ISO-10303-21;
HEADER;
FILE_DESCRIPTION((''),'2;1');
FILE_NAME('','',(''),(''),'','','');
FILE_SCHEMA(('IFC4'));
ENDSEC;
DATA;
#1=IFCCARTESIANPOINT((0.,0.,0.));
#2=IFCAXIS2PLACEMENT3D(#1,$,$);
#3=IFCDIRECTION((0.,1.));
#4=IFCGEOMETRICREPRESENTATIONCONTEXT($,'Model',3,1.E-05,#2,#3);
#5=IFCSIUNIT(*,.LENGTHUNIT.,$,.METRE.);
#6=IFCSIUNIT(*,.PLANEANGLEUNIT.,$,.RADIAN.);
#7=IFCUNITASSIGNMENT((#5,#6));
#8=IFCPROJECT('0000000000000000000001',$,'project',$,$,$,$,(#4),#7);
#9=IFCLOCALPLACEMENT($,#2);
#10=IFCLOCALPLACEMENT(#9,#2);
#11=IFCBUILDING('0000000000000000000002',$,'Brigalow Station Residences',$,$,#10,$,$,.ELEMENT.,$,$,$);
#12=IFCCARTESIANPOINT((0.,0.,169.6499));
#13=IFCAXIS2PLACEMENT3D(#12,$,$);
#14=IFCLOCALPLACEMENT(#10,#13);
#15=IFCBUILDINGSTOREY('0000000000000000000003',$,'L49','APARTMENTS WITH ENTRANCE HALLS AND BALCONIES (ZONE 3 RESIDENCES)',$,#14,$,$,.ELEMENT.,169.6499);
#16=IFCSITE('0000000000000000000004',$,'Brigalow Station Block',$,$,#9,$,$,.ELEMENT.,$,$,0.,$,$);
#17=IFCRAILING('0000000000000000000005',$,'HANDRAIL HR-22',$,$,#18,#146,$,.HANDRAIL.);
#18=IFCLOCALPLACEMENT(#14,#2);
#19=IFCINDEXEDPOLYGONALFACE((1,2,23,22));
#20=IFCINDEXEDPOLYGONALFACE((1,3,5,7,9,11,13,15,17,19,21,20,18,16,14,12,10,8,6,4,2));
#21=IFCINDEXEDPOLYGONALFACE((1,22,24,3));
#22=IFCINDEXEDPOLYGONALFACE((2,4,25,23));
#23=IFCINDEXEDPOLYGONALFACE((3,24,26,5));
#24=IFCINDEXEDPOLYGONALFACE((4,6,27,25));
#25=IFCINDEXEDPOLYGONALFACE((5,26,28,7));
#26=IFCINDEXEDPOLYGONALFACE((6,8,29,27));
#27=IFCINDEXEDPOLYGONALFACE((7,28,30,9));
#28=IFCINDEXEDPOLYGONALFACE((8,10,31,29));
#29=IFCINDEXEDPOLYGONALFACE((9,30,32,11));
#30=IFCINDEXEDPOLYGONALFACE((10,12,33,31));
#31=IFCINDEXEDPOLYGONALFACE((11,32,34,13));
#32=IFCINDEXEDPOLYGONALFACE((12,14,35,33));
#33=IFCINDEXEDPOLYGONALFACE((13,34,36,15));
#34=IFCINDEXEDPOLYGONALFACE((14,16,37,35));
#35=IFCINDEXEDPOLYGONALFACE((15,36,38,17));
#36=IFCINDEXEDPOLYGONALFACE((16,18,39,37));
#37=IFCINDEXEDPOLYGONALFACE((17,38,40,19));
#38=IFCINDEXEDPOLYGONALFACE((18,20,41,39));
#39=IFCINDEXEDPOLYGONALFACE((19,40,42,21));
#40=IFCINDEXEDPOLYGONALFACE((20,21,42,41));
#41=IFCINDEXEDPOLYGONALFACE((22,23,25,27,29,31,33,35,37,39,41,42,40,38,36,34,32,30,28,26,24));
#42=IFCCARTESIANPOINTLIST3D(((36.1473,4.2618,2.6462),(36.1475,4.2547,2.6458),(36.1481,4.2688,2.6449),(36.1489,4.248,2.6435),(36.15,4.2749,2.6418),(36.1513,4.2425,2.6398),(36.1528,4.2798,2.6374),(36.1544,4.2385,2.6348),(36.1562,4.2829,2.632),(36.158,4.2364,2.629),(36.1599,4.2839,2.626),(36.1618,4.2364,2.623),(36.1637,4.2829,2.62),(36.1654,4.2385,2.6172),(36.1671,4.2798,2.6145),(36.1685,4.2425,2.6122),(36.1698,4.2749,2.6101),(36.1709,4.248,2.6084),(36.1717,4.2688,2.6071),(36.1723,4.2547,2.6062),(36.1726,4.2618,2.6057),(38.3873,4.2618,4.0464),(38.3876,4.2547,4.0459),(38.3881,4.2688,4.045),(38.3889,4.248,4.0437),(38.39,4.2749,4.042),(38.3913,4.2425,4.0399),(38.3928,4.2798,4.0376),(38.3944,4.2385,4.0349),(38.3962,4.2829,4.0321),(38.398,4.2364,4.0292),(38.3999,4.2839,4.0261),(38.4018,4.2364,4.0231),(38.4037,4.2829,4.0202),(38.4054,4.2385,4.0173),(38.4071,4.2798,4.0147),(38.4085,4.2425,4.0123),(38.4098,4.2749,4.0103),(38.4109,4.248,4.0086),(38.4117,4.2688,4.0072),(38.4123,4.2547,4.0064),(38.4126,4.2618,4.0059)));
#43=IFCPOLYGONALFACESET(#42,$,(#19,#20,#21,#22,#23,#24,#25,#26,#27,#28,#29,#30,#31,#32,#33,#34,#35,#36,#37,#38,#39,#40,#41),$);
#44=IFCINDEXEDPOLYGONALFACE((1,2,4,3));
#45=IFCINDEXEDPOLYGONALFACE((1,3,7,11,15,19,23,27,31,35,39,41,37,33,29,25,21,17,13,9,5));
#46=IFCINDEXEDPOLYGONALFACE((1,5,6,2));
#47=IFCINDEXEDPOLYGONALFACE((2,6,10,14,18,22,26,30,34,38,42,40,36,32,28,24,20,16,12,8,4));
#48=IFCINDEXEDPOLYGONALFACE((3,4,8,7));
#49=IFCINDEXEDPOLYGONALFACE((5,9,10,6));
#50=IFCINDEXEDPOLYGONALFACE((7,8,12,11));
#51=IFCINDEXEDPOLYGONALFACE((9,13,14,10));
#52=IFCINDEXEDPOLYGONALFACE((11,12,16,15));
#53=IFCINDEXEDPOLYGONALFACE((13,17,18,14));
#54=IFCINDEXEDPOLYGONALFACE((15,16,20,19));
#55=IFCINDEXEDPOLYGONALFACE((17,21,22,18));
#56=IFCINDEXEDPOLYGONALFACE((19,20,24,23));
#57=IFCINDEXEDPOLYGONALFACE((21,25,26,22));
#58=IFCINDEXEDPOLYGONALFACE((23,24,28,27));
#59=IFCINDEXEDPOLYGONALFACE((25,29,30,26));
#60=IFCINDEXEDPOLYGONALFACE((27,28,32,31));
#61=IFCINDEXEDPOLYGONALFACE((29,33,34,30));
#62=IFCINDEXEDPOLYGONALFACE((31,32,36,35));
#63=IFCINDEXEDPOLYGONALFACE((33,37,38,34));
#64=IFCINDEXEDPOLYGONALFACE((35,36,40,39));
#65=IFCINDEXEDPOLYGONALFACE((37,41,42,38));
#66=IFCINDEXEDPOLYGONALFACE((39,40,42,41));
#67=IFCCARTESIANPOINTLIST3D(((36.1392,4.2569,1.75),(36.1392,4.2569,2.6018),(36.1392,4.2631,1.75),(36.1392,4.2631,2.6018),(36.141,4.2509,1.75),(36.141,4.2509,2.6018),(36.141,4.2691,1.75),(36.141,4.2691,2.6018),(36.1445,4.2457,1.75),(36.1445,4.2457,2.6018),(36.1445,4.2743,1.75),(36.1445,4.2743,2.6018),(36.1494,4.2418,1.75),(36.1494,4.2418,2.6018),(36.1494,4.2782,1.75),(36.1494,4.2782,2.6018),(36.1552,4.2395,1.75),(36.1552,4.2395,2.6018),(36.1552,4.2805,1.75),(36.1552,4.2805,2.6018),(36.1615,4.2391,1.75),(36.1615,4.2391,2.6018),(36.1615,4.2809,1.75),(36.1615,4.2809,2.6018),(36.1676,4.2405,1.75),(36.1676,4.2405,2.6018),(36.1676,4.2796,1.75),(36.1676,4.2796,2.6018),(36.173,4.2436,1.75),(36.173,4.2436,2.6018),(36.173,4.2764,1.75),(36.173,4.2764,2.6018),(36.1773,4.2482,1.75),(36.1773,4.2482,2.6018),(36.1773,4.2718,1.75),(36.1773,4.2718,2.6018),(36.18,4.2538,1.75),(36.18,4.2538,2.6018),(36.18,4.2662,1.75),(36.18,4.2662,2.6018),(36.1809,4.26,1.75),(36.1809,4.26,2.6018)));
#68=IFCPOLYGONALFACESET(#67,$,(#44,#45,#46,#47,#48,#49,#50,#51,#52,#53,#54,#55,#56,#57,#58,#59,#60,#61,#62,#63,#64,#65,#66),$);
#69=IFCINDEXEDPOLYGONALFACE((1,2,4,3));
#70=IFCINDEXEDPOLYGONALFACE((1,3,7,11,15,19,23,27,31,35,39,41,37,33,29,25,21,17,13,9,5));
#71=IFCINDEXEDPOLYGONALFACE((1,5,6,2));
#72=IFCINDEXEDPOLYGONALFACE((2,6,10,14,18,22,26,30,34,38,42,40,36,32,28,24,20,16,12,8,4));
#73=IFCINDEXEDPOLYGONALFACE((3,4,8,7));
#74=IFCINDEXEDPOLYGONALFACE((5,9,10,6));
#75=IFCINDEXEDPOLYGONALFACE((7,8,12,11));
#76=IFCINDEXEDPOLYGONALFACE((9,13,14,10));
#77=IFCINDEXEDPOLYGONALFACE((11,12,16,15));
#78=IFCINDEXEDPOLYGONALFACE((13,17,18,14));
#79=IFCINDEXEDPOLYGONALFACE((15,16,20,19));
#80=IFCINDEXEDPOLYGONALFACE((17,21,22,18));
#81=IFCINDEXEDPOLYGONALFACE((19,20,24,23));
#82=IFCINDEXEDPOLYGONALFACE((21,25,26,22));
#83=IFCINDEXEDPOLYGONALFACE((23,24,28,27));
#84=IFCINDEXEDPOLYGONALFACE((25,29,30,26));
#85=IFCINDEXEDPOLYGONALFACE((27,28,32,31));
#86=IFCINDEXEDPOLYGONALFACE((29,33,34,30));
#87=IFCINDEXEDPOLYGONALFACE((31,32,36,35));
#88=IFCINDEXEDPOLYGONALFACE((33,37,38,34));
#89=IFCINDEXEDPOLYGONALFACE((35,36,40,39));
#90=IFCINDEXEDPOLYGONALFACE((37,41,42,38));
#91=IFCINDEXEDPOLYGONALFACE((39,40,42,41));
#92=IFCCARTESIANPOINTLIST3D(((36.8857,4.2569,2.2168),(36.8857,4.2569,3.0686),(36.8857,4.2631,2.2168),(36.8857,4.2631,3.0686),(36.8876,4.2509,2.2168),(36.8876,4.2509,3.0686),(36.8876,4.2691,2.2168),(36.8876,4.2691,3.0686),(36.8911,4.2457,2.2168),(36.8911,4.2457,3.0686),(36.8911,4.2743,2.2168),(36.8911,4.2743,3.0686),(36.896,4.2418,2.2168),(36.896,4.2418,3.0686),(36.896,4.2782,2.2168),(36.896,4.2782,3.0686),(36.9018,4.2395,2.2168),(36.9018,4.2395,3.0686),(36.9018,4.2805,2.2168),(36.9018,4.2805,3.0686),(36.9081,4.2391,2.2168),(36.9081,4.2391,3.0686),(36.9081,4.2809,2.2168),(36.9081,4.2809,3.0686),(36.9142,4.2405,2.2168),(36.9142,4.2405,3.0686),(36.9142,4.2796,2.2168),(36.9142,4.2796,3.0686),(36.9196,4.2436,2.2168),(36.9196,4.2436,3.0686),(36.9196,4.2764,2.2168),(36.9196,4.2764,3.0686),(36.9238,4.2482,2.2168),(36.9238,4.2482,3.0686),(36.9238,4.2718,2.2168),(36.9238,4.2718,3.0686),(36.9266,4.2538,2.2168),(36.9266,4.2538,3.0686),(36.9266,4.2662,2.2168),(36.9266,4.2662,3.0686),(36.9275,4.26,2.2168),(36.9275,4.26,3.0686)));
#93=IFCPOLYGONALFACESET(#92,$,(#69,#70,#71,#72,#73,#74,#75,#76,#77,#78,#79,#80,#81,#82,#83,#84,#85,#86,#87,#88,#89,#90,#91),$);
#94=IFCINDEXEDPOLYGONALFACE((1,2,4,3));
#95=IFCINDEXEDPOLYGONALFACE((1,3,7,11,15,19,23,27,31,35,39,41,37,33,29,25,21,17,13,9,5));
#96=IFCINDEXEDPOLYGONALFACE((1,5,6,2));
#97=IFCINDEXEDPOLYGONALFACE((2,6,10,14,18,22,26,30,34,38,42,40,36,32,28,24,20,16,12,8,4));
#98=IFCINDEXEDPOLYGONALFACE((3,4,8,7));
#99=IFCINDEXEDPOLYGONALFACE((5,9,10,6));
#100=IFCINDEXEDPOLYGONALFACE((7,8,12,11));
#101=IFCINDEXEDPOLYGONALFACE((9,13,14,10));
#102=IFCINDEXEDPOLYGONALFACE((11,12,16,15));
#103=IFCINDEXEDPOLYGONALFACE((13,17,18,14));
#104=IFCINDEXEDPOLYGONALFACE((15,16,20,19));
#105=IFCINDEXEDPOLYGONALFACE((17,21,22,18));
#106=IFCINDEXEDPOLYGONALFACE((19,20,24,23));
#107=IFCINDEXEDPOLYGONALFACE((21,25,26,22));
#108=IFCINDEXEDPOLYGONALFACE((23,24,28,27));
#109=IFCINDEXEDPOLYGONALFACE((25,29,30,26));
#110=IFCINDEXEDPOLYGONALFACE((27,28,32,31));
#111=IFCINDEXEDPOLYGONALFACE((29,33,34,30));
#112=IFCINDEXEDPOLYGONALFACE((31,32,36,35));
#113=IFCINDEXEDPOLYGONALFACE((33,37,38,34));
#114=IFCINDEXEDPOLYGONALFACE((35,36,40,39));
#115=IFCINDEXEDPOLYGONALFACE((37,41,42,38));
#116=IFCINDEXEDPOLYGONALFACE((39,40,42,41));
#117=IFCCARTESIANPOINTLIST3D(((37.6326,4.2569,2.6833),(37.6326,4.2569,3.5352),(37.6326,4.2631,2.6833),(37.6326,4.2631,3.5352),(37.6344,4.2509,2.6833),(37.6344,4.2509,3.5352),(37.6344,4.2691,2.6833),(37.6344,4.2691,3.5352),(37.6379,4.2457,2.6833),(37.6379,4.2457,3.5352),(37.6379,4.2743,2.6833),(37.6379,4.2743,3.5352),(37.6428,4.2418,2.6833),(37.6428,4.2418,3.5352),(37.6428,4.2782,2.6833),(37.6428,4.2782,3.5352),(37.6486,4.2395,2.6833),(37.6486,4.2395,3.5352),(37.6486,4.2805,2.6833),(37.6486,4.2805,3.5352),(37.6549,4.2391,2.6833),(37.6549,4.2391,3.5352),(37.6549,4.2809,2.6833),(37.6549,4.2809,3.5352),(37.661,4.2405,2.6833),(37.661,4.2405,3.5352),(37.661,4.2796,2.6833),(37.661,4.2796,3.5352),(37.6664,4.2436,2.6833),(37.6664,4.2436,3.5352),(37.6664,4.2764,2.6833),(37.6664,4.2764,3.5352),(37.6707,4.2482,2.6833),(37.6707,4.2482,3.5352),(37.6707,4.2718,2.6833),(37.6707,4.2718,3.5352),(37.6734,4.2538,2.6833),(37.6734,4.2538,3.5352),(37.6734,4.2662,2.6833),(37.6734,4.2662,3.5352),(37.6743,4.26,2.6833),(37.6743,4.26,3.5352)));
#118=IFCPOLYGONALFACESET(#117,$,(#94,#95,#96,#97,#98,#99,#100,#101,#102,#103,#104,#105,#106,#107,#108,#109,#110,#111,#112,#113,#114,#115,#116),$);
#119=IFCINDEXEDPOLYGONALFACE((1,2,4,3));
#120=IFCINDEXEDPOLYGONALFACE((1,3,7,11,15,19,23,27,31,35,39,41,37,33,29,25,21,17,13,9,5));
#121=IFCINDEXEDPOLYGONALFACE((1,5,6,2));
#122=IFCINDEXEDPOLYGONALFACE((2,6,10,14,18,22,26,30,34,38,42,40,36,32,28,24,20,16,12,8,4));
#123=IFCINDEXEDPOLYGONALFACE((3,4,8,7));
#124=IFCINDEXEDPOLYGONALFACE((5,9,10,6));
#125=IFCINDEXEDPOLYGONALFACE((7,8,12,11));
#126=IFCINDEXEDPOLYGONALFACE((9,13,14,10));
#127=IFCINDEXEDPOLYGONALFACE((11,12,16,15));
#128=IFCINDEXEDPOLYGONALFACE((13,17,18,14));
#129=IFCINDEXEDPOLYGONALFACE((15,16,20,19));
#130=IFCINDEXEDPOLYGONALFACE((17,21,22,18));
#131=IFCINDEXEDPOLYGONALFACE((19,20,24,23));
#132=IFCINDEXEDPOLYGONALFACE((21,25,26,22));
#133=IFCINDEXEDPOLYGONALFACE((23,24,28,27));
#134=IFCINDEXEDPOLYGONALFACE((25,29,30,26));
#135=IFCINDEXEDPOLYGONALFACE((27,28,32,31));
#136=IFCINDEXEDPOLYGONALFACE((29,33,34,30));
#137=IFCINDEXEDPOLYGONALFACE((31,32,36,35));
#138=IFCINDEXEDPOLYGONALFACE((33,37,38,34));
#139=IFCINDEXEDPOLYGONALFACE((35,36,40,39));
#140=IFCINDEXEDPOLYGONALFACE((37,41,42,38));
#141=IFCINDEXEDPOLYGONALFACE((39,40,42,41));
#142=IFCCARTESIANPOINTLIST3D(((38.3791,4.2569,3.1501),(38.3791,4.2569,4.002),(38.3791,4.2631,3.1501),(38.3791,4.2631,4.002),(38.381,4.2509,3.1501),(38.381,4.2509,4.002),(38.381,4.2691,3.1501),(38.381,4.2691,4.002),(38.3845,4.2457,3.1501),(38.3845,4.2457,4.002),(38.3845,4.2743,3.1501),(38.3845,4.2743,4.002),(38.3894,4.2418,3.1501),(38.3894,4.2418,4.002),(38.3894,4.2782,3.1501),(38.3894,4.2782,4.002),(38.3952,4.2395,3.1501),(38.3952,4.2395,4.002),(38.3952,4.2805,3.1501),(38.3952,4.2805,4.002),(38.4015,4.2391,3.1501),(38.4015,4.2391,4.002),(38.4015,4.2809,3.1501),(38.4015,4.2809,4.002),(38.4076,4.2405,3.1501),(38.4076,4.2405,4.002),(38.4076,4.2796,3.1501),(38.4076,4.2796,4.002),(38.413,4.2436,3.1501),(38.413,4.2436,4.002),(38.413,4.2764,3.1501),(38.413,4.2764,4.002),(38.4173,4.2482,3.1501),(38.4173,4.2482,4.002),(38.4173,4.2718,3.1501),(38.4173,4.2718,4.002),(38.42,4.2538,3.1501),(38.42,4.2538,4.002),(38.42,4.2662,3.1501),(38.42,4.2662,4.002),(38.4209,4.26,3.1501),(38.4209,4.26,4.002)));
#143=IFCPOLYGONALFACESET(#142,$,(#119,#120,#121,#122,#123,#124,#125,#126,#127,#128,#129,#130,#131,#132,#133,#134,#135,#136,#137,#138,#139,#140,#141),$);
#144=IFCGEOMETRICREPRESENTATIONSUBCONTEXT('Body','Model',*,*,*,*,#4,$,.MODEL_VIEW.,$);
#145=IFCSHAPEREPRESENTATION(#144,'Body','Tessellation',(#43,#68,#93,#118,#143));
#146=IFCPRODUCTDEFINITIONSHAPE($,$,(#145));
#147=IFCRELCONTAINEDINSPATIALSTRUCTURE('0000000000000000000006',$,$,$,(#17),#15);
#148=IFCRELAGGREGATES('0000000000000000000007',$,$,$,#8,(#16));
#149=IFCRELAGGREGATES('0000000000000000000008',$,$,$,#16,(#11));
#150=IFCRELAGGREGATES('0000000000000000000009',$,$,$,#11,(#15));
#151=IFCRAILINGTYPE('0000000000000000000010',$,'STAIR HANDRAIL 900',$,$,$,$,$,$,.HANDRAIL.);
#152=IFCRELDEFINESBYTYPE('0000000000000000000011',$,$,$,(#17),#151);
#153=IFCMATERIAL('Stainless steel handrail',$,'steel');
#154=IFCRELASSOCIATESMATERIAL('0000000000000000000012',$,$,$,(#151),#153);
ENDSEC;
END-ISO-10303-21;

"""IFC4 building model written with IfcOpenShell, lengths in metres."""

from ifc_helpers import new_model, si_unit, direction, frame, origin, origin_2d, place, context, subcontext, project, spatial, circle, extrude, material, type_object, element, save


model = new_model("IFC4")

# Units and contexts
model_context = context("Model", 3, precision=1e-05, world=origin(), true_north=direction((0.0, 1.0)))
body_context = subcontext(model_context, "Body", "Model", "MODEL_VIEW")
ifc_project = project(units=[si_unit("LENGTHUNIT", "METRE"), si_unit("PLANEANGLEUNIT", "RADIAN")], contexts=[model_context])

# Site, building, storey
site_placement = place(None, origin())
site = spatial("IfcSite", under=ifc_project, at=site_placement, Name="Brigalow Station Block", CompositionType="ELEMENT", RefElevation=0.0)
building_placement = place(site_placement, origin())
building = spatial("IfcBuilding", under=site, at=building_placement, Name="Brigalow Station Residences", CompositionType="ELEMENT")
storey_placement = place(building_placement, frame((0.0, 0.0, 169.6499)))
storey = spatial("IfcBuildingStorey", under=building, at=storey_placement, Name="L49", Description="APARTMENTS WITH ENTRANCE HALLS AND BALCONIES (ZONE 3 RESIDENCES)", CompositionType="ELEMENT", Elevation=169.6499)

# Railing
ifc_material_1 = material(Name="Stainless steel handrail", Category="steel")
railing_type_1 = type_object("IfcRailingType", Name="STAIR HANDRAIL 900", PredefinedType="HANDRAIL", material=ifc_material_1)
railing_1_placement = place(storey_placement, frame((36.1599, 4.26, 1.75)))
element("IfcRailing", 1, at=railing_1_placement, inside=storey, type_object=railing_type_1, Name="HANDRAIL HR-22", PredefinedType="HANDRAIL", context=body_context, shape_type="SweptSolid", body=[
    extrude(circle(Radius=0.0239, at=origin_2d()), frame((0.0, 0.0, 0.876), z_axis=(0.847972, 0.0, 0.53004), x_axis=(0.0, 1.0, 0.0)), (0.0, 0.0, 1.0), 2.6416),
    extrude(circle(Radius=0.021, at=origin_2d()), origin(), (0.0, 0.0, 1.0), 0.8518),
    extrude(circle(Radius=0.021, at=origin_2d()), frame((0.7466, 0.0, 0.4668)), (0.0, 0.0, 1.0), 0.8518),
    extrude(circle(Radius=0.021, at=origin_2d()), frame((1.4934, 0.0, 0.9333)), (0.0, 0.0, 1.0), 0.8518),
    extrude(circle(Radius=0.021, at=origin_2d()), frame((2.24, 0.0, 1.4001)), (0.0, 0.0, 1.0), 0.8518),
])

save(model, "model.ifc")
